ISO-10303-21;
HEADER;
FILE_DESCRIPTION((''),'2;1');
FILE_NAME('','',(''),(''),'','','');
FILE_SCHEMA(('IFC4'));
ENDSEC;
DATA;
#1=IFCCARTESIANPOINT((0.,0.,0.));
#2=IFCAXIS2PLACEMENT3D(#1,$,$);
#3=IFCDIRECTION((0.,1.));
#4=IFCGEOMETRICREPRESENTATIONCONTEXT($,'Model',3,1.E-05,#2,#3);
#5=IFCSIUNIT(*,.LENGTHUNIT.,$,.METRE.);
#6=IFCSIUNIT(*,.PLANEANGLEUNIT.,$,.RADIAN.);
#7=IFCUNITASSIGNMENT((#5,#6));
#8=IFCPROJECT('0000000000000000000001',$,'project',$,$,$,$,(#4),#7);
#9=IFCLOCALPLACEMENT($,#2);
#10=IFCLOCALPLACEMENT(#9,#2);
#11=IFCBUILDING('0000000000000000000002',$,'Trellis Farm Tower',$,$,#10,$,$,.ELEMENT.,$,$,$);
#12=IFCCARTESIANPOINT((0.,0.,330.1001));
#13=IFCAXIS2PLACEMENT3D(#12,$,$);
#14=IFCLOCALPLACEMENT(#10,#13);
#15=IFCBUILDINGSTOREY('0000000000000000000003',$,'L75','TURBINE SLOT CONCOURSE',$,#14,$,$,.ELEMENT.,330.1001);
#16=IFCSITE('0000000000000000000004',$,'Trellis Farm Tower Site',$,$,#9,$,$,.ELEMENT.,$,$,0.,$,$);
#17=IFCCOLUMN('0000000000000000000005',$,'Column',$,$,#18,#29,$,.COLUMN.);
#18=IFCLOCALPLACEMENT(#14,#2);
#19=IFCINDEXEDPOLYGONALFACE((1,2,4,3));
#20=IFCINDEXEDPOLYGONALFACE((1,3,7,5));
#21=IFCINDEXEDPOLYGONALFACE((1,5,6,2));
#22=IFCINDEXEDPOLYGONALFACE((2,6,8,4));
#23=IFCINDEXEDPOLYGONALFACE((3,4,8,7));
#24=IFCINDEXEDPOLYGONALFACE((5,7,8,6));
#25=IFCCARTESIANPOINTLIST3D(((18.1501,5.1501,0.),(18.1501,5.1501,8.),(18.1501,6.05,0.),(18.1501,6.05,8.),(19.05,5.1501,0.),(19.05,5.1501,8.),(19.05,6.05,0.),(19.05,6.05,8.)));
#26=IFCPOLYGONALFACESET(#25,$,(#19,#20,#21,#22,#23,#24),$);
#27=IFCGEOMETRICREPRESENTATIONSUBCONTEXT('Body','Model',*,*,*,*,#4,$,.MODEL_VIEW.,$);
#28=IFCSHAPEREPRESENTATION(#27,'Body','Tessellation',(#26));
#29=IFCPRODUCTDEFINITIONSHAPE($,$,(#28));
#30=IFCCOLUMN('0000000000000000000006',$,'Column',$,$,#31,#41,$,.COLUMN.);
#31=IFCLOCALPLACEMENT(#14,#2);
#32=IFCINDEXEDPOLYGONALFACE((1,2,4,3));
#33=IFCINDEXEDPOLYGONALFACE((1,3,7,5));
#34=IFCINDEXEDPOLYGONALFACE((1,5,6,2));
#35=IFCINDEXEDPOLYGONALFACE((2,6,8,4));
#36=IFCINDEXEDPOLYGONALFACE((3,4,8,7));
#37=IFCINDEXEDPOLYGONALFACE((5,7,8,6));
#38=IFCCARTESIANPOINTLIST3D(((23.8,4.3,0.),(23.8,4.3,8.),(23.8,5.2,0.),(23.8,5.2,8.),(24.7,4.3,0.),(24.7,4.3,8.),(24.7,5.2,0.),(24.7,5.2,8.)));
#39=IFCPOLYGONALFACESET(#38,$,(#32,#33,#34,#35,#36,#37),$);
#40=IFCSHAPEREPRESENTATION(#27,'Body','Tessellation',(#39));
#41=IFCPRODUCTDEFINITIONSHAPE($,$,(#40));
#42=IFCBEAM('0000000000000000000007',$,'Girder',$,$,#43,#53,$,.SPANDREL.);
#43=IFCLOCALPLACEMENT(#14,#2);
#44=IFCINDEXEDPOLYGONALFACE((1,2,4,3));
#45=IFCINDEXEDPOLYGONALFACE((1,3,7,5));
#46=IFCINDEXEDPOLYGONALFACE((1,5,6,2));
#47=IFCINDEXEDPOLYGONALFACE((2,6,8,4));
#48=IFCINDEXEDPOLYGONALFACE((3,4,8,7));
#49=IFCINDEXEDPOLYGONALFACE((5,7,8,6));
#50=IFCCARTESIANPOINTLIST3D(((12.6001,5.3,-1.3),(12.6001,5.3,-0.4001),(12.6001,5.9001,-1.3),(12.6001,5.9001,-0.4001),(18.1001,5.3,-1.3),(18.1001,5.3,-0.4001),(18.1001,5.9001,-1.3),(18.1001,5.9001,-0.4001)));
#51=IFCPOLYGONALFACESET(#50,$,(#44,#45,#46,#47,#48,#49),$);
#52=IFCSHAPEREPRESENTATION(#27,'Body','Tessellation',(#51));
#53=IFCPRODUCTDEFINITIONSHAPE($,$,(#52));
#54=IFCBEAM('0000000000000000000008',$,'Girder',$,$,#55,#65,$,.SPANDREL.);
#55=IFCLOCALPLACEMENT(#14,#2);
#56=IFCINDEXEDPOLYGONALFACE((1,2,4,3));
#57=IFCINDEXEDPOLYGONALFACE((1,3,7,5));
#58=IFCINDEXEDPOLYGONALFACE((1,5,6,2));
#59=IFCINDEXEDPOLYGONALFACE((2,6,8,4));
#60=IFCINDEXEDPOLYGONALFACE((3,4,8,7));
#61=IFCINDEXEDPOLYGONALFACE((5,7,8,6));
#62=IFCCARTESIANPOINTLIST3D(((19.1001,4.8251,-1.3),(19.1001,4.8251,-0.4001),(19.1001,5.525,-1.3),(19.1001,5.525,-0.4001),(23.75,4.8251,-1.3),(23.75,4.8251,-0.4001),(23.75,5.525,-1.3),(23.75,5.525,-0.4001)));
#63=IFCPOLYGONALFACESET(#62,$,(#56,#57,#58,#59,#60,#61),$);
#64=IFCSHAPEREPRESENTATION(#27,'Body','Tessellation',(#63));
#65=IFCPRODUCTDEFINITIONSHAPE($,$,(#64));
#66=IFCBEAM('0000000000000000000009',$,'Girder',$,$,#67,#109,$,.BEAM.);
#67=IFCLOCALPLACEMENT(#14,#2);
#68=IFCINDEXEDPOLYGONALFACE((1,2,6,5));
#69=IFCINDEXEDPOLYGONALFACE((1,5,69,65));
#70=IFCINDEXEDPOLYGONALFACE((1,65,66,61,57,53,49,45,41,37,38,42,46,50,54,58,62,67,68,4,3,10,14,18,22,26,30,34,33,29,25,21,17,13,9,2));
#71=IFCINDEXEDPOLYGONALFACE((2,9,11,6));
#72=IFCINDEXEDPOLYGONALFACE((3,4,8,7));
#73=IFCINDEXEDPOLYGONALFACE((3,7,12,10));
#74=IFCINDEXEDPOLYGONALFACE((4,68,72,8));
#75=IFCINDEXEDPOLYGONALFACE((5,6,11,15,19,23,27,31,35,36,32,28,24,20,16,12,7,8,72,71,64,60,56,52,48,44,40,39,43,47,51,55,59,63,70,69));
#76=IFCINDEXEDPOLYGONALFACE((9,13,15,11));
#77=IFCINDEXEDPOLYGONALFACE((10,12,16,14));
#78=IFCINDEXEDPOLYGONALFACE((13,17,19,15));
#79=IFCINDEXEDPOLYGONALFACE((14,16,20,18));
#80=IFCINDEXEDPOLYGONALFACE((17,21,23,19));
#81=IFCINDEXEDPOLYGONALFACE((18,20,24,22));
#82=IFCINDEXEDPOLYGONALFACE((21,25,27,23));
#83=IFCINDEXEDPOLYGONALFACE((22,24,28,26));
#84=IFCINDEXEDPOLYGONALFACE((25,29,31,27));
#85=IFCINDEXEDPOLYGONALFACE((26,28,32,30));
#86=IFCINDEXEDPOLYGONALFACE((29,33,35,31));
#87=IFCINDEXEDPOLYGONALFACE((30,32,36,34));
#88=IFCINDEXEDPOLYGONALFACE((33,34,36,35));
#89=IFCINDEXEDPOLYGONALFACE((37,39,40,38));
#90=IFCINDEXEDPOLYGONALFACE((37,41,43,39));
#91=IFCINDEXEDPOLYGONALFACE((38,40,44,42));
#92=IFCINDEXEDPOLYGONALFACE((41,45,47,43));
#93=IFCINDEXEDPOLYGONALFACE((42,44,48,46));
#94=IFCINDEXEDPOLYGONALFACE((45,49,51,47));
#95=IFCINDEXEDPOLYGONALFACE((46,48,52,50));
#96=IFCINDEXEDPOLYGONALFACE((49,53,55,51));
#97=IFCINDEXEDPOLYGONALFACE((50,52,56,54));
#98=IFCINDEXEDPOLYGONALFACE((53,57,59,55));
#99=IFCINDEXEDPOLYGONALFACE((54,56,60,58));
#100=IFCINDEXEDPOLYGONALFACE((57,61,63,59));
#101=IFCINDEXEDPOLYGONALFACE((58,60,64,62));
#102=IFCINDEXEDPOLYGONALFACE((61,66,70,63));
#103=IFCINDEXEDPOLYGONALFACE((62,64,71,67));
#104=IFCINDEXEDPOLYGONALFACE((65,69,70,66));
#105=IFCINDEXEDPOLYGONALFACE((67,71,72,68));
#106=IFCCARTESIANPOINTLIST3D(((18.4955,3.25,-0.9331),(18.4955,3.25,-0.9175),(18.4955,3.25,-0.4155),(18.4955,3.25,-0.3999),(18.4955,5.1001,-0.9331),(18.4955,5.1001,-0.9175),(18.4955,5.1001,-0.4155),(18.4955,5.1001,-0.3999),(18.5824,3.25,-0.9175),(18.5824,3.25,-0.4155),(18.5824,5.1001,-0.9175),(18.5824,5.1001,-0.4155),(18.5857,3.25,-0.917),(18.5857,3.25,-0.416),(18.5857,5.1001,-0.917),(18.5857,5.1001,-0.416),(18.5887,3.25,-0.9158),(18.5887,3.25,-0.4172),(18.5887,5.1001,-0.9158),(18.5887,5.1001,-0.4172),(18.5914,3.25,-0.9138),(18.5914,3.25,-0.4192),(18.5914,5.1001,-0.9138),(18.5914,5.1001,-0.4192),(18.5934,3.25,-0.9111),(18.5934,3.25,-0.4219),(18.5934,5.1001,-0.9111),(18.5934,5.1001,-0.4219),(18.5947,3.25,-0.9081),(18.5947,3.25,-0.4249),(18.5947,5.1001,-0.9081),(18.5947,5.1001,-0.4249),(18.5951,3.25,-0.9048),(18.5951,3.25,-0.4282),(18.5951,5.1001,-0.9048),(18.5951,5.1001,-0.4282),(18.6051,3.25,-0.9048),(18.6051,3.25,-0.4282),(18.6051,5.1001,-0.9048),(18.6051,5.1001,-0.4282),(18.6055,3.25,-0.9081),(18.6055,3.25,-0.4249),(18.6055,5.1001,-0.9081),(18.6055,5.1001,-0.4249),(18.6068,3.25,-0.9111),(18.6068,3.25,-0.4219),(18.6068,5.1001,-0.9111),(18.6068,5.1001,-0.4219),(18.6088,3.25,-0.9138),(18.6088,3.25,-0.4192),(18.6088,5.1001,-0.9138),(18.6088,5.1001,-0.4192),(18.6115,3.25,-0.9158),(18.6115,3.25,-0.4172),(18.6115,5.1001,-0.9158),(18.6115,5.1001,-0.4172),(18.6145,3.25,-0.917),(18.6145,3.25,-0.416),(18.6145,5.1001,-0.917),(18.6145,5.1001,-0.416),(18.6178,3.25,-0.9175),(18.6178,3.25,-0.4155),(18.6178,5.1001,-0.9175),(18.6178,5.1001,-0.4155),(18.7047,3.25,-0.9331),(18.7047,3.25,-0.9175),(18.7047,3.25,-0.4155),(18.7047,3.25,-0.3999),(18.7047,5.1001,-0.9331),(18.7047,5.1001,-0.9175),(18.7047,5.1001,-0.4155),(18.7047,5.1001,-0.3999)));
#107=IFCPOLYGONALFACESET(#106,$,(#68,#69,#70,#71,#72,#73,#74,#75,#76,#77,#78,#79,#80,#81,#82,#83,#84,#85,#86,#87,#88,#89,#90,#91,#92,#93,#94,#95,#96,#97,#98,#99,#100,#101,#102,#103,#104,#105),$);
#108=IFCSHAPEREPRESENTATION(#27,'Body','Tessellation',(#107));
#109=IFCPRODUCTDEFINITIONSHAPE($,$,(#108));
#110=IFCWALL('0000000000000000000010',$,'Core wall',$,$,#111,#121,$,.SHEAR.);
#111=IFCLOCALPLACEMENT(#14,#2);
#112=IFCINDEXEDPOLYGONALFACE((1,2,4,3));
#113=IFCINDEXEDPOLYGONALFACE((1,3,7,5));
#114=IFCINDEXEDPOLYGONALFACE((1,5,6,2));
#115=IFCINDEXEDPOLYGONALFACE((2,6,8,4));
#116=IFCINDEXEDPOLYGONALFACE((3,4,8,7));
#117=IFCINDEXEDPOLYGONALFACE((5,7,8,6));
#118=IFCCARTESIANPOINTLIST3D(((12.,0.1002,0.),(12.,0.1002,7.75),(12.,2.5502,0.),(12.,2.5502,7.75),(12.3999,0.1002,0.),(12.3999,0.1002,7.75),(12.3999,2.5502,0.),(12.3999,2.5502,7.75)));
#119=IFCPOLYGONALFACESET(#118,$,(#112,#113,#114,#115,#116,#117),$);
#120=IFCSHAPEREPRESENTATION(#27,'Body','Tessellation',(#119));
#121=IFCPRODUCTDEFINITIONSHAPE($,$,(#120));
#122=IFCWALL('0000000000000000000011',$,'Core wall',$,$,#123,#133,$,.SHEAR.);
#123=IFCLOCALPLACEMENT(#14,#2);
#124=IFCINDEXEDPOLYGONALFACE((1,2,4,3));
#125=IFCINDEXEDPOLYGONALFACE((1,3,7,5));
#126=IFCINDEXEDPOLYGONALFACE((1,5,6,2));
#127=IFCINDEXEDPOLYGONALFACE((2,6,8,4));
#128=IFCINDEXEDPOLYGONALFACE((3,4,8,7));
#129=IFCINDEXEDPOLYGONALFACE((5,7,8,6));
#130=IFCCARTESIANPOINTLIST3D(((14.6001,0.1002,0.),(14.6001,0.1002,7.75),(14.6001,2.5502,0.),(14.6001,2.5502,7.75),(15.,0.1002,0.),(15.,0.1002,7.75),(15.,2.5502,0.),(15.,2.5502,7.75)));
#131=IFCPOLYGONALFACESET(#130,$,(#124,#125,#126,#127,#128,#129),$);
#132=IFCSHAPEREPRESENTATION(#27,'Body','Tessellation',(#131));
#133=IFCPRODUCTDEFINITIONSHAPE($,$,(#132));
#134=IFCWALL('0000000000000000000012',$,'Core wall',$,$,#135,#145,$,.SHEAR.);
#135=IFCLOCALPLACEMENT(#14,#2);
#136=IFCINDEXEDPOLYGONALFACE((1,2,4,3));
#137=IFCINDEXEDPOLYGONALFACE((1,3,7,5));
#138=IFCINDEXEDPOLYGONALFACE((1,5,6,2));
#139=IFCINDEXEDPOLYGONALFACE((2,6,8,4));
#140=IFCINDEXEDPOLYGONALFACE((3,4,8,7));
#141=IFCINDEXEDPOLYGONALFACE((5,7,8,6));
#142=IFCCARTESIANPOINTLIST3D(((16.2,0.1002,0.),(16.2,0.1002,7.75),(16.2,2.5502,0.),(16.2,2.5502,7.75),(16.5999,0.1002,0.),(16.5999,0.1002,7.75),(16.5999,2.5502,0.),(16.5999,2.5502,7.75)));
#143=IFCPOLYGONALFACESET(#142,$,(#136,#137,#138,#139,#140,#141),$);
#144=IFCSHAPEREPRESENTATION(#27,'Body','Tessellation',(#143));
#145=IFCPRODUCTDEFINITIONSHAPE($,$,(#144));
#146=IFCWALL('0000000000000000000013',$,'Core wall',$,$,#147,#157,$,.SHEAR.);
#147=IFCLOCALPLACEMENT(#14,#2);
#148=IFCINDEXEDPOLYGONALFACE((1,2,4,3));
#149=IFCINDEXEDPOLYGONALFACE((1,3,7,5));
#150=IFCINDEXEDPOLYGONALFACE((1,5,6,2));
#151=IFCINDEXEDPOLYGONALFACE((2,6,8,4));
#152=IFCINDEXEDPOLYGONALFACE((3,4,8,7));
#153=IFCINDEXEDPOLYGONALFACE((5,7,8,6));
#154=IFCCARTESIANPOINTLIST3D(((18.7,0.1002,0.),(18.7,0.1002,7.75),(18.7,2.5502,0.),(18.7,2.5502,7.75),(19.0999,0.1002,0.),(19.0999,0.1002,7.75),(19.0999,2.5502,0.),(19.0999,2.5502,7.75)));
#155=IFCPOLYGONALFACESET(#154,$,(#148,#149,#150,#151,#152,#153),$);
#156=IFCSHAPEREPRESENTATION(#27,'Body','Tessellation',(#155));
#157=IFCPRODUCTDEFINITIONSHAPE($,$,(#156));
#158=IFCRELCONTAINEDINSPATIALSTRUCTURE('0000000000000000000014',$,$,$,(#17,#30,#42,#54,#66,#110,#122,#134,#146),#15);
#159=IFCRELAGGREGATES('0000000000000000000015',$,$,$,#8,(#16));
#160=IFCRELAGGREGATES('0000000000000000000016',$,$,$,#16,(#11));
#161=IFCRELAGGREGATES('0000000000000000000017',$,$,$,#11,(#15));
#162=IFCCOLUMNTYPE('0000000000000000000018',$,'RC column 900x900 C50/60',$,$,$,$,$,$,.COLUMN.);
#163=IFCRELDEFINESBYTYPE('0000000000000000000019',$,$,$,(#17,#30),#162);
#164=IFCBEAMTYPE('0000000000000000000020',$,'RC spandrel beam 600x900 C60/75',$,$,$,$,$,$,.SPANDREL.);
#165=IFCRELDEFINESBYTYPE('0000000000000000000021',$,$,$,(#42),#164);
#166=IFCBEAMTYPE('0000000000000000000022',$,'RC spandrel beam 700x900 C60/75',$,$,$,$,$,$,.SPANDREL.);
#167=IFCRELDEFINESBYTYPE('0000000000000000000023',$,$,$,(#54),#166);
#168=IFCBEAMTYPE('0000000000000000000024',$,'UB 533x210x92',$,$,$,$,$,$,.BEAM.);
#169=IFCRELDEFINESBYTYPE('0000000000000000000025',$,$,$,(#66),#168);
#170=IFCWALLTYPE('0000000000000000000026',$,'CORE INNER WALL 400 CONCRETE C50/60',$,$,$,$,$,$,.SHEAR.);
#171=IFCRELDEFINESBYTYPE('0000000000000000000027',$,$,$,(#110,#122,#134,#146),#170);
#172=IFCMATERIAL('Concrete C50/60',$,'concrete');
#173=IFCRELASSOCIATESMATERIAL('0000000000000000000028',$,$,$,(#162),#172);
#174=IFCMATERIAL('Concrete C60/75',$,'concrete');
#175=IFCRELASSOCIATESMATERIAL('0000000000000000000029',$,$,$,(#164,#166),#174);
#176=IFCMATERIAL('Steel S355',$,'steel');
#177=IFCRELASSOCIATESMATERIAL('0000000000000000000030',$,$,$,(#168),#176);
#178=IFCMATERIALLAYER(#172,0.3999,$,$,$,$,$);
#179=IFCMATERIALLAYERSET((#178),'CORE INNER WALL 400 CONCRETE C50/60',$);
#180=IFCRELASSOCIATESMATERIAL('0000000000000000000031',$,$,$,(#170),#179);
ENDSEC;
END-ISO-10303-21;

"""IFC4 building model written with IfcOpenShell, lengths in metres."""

from ifc_helpers import new_model, si_unit, direction, frame, frame_2d, origin, origin_2d, place, context, subcontext, project, spatial, rectangle, i_section, extrude, source, transform, mapped, material, layer, layer_set, material_profile, profile_set, type_object, element, save


model = new_model("IFC4")

# Units and contexts
model_context = context("Model", 3, precision=1e-05, world=origin(), true_north=direction((0.0, 1.0)))
body_context = subcontext(model_context, "Body", "Model", "MODEL_VIEW")
ifc_project = project(units=[si_unit("LENGTHUNIT", "METRE"), si_unit("PLANEANGLEUNIT", "RADIAN")], contexts=[model_context])

# Site, building, storey
site_placement = place(None, origin())
site = spatial("IfcSite", under=ifc_project, at=site_placement, Name="Trellis Farm Tower Site", CompositionType="ELEMENT", RefElevation=0.0)
building_placement = place(site_placement, origin())
building = spatial("IfcBuilding", under=site, at=building_placement, Name="Trellis Farm Tower", CompositionType="ELEMENT")
storey_placement = place(building_placement, frame((0.0, 0.0, 330.1001)))
storey = spatial("IfcBuildingStorey", under=building, at=storey_placement, Name="L75", Description="TURBINE SLOT CONCOURSE", CompositionType="ELEMENT", Elevation=330.1001)

# Columns
ifc_material_1 = material(Name="Concrete C50/60", Category="concrete")
ifc_material_profile_1 = material_profile(ifc_material_1, rectangle(XDim=0.8999, YDim=0.8999, at=origin_2d()), Name="RC column 900x900 C50/60")
ifc_profile_set_1 = profile_set([ifc_material_profile_1], Name="Concrete C50/60")
column_type = type_object("IfcColumnType", Name="RC column 900x900 C50/60", PredefinedType="COLUMN", material=ifc_profile_set_1)
shared_shape_1 = source(origin(), body_context, "Body", "SweptSolid", [
    extrude(rectangle(XDim=0.8999, YDim=0.8999, at=origin_2d()), origin(), (0.0, 0.0, 1.0), 8.0),
])
for number, where, z_axis, x_axis, name in (
    (1, (18.6001, 5.6001, 0.0), (0.0, 0.0, 1.0), (1.0, 0.0, 0.0), "Column"),
    (2, (24.25, 4.75, 0.0), (0.0, 0.0, 1.0), (1.0, 0.0, 0.0), "Column"),
):
    element("IfcColumn", number, at=place(storey_placement, frame(where, z_axis=z_axis, x_axis=x_axis)), inside=storey, type_object=column_type, Name=name, PredefinedType="COLUMN", context=body_context, shape_type="MappedRepresentation", body=[
        mapped(shared_shape_1, transform((0.0, 0.0, 0.0))),
    ])

# Beams
ifc_material_2 = material(Name="Concrete C60/75", Category="concrete")
ifc_material_profile_2 = material_profile(ifc_material_2, rectangle(XDim=0.6001, YDim=0.8999, at=origin_2d()), Name="RC spandrel beam 600x900 C60/75")
ifc_profile_set_2 = profile_set([ifc_material_profile_2], Name="Concrete C60/75")
beam_type_1 = type_object("IfcBeamType", Name="RC spandrel beam 600x900 C60/75", PredefinedType="SPANDREL", material=ifc_profile_set_2)
shared_shape_2 = source(origin(), body_context, "Body", "SweptSolid", [
    extrude(rectangle(XDim=0.6001, YDim=0.8999, at=origin_2d()), origin(), (0.0, 0.0, 1.0), 5.5),
])
beam_1_placement = place(storey_placement, frame((12.6001, 5.6001, -0.8501), z_axis=(1.0, 0.0, 0.0), x_axis=(0.0, 1.0, 0.0)))
element("IfcBeam", 3, at=beam_1_placement, inside=storey, type_object=beam_type_1, Name="Girder", PredefinedType="SPANDREL", context=body_context, shape_type="MappedRepresentation", body=[
    mapped(shared_shape_2, transform((0.0, 0.0, 0.0))),
])
ifc_material_profile_3 = material_profile(ifc_material_2, rectangle(XDim=0.7, YDim=0.8999, at=origin_2d()), Name="RC spandrel beam 700x900 C60/75")
ifc_profile_set_3 = profile_set([ifc_material_profile_3], Name="Concrete C60/75")
beam_type_2 = type_object("IfcBeamType", Name="RC spandrel beam 700x900 C60/75", PredefinedType="SPANDREL", material=ifc_profile_set_3)
shared_shape_3 = source(origin(), body_context, "Body", "SweptSolid", [
    extrude(rectangle(XDim=0.7, YDim=0.8999, at=origin_2d()), origin(), (0.0, 0.0, 1.0), 4.6499),
])
beam_2_placement = place(storey_placement, frame((19.1001, 5.175, -0.8501), z_axis=(1.0, 0.0, 0.0), x_axis=(0.0, 1.0, 0.0)))
element("IfcBeam", 4, at=beam_2_placement, inside=storey, type_object=beam_type_2, Name="Girder", PredefinedType="SPANDREL", context=body_context, shape_type="MappedRepresentation", body=[
    mapped(shared_shape_3, transform((0.0, 0.0, 0.0))),
])
ifc_material_3 = material(Name="Steel S355", Category="steel")
ifc_material_profile_4 = material_profile(ifc_material_3, i_section(OverallWidth=0.2092, OverallDepth=0.5332, WebThickness=0.01, FlangeThickness=0.0156, FilletRadius=0.0127, at=origin_2d()), Name="UB 533x210x92")
ifc_profile_set_4 = profile_set([ifc_material_profile_4], Name="Steel S355")
beam_type_3 = type_object("IfcBeamType", Name="UB 533x210x92", PredefinedType="BEAM", material=ifc_profile_set_4)
shared_shape_4 = source(origin(), body_context, "Body", "SweptSolid", [
    extrude(i_section(OverallWidth=0.2092, OverallDepth=0.5332, WebThickness=0.01, FlangeThickness=0.0156, FilletRadius=0.0127, at=origin_2d()), origin(), (0.0, 0.0, 1.0), 1.8501),
])
beam_3_placement = place(storey_placement, frame((18.6001, 3.25, -0.6665), z_axis=(0.0, 1.0, 0.0), x_axis=(-1.0, 0.0, 0.0)))
element("IfcBeam", 5, at=beam_3_placement, inside=storey, type_object=beam_type_3, Name="Girder", PredefinedType="BEAM", context=body_context, shape_type="MappedRepresentation", body=[
    mapped(shared_shape_4, transform((0.0, 0.0, 0.0))),
])

# Walls
ifc_layer_1 = layer(ifc_material_1, 0.3999)
ifc_layer_set_1 = layer_set([ifc_layer_1], Name="CORE INNER WALL 400 CONCRETE C50/60")
wall_type_1 = type_object("IfcWallType", Name="CORE INNER WALL 400 CONCRETE C50/60", PredefinedType="SHEAR", material=ifc_layer_set_1)
shared_shape_5 = source(origin(), body_context, "Body", "SweptSolid", [
    extrude(rectangle(XDim=2.45, YDim=0.3999, at=frame_2d((1.2251, 0.0))), origin(), (0.0, 0.0, 1.0), 7.75),
])
for number, where, z_axis, x_axis, name in (
    (6, (12.2, 0.1001, 0.0), (0.0, 0.0, 1.0), (0.0, 1.0, 0.0), "Core wall"),
    (7, (14.8, 0.1001, 0.0), (0.0, 0.0, 1.0), (0.0, 1.0, 0.0), "Core wall"),
    (8, (16.3999, 0.1001, 0.0), (0.0, 0.0, 1.0), (0.0, 1.0, 0.0), "Core wall"),
    (9, (18.8999, 0.1001, 0.0), (0.0, 0.0, 1.0), (0.0, 1.0, 0.0), "Core wall"),
):
    element("IfcWall", number, at=place(storey_placement, frame(where, z_axis=z_axis, x_axis=x_axis)), inside=storey, type_object=wall_type_1, Name=name, PredefinedType="SHEAR", context=body_context, shape_type="MappedRepresentation", body=[
        mapped(shared_shape_5, transform((0.0, 0.0, 0.0))),
    ])

save(model, "model.ifc")
